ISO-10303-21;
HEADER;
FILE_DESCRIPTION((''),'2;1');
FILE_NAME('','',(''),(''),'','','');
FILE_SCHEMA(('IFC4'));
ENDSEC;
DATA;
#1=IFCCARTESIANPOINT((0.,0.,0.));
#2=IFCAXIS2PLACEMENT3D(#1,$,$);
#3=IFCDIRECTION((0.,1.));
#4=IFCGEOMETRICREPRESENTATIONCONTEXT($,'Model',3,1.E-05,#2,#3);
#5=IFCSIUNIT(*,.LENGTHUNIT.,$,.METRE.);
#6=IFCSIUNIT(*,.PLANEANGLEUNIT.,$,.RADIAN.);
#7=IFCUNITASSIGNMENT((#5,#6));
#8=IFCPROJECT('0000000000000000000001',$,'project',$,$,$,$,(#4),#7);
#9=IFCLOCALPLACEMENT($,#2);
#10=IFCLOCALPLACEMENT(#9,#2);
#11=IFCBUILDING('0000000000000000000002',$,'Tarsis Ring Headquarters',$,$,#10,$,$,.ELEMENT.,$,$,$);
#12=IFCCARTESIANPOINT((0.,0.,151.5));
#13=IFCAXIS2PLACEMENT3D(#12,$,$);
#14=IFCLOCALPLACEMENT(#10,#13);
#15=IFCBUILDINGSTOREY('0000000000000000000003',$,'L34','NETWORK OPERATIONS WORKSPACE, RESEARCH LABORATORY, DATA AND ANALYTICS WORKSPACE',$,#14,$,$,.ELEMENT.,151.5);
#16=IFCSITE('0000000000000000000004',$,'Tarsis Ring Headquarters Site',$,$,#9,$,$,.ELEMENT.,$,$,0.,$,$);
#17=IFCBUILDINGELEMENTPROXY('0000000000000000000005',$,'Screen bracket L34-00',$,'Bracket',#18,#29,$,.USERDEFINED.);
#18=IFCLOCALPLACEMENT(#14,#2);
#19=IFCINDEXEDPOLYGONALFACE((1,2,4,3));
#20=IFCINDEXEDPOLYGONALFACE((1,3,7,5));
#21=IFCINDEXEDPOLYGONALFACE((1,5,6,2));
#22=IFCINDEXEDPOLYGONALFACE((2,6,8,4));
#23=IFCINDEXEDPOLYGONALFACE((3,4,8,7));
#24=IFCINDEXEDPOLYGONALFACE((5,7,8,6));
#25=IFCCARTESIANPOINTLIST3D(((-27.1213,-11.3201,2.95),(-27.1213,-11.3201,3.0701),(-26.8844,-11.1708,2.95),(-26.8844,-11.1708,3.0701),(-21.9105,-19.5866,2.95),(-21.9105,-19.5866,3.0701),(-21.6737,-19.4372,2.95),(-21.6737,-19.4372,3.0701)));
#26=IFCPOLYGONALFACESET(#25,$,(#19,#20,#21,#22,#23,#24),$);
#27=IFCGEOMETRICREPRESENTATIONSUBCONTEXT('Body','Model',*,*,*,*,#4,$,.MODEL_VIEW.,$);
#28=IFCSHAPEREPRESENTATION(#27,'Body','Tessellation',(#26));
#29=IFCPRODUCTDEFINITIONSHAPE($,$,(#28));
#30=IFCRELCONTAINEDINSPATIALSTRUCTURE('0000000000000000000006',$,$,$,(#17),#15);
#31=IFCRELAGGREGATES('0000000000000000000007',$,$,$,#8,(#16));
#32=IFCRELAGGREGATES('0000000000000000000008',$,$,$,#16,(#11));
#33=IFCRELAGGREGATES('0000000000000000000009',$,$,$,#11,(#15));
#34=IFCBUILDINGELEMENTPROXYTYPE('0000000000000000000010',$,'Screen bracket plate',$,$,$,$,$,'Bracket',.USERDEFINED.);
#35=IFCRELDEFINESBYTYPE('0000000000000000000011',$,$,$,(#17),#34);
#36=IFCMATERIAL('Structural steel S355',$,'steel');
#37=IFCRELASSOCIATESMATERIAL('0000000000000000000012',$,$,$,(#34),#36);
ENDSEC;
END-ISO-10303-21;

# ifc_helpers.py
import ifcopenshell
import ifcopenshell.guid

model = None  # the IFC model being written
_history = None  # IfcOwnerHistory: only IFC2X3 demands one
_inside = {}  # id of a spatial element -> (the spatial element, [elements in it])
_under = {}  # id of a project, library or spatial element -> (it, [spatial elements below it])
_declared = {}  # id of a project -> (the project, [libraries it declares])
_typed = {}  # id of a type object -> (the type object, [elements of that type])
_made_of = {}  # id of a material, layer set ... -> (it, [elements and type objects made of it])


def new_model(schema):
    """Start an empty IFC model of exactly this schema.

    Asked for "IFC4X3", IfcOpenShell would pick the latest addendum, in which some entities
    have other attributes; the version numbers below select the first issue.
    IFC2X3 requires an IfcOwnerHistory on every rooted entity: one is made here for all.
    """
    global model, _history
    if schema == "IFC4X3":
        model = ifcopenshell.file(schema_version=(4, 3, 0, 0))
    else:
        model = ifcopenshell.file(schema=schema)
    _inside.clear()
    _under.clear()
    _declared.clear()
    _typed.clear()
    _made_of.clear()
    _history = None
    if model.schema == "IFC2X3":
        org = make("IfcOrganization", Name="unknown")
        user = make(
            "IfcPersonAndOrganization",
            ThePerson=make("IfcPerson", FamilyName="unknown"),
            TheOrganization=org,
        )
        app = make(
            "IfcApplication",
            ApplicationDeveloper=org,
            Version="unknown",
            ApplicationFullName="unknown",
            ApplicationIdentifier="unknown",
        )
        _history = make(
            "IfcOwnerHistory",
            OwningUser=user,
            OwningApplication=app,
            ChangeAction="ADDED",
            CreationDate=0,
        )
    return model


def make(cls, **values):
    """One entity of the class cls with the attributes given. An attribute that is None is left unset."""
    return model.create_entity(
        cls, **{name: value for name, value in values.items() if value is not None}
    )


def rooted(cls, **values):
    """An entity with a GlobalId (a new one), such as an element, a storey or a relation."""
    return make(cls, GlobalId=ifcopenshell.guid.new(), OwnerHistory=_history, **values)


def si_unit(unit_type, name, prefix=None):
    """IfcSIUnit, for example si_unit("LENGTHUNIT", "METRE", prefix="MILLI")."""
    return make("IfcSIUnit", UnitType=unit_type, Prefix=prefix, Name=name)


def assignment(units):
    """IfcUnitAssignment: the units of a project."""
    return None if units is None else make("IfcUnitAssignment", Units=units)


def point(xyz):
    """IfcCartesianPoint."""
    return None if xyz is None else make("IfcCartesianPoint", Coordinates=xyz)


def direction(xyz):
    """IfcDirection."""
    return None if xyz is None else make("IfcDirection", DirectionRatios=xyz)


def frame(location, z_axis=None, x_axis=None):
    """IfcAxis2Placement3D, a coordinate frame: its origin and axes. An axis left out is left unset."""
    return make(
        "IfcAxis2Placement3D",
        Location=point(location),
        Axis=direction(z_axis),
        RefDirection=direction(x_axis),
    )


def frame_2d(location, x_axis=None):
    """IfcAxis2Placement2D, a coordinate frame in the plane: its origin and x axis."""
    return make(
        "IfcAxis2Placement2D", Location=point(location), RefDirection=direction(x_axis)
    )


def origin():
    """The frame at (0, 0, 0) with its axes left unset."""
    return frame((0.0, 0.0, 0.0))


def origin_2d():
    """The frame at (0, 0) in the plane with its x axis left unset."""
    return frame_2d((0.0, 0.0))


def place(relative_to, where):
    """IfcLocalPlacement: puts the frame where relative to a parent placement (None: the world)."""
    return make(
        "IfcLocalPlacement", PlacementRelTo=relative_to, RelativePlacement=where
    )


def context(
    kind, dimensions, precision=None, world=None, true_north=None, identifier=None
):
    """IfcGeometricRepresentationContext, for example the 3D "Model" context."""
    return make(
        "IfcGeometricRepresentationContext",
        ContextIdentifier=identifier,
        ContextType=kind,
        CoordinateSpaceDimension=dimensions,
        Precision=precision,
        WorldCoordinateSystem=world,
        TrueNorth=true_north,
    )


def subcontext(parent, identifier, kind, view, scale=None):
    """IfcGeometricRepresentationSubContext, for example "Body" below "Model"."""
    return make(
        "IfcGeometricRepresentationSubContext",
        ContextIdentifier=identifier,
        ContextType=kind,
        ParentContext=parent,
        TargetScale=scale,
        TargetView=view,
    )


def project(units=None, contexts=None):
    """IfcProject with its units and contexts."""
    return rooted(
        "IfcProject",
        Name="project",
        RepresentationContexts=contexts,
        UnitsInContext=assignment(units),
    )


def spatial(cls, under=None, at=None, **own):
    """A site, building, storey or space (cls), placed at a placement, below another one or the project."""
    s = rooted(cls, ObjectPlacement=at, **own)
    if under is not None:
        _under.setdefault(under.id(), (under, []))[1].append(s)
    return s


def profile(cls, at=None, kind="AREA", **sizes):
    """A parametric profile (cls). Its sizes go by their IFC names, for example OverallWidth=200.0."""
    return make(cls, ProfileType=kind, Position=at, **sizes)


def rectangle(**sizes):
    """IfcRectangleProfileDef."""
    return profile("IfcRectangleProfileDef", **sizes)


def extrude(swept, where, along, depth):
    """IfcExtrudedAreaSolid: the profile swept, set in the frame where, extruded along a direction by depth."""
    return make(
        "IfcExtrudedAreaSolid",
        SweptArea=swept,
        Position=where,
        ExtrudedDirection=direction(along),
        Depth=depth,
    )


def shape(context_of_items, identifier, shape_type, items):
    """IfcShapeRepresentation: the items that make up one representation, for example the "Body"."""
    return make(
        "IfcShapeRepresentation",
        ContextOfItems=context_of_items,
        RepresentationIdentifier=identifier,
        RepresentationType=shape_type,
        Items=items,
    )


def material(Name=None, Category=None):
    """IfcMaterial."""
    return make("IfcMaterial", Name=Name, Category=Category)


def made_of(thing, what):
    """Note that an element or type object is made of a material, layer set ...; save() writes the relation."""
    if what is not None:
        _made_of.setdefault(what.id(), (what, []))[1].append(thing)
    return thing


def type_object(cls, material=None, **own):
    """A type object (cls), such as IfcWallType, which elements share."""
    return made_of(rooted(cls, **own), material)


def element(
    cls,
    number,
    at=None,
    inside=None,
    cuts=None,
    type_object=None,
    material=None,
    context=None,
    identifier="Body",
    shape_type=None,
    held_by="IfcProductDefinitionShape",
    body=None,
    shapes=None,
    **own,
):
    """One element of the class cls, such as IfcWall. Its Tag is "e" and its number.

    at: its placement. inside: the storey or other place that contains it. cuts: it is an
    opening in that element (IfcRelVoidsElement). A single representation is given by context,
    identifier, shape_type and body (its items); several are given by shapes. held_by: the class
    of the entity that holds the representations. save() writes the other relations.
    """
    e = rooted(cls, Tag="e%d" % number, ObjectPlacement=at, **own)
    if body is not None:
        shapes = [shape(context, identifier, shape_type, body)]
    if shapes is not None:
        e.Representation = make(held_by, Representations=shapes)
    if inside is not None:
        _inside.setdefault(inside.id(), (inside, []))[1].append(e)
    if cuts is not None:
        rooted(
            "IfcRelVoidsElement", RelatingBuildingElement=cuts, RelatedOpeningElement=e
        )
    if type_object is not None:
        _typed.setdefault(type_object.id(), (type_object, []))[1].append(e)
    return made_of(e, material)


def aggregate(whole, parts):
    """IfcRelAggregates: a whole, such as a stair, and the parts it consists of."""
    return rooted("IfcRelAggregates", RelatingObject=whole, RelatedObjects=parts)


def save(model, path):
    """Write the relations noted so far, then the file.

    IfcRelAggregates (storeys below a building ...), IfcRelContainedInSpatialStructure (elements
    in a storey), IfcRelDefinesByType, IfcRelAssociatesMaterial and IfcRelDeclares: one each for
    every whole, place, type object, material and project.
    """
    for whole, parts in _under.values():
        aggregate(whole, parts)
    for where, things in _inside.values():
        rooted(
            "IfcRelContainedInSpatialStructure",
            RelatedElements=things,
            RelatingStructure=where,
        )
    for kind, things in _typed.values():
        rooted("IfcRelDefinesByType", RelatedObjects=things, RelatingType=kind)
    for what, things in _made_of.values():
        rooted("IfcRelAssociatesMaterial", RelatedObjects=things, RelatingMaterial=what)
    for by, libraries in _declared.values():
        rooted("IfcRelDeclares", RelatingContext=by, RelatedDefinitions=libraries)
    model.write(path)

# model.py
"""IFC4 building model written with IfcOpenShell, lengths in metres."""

from ifc_helpers import new_model, si_unit, direction, frame, origin, origin_2d, place, context, subcontext, project, spatial, rectangle, extrude, material, type_object, element, save


model = new_model("IFC4")

# Units and contexts
model_context = context("Model", 3, precision=1e-05, world=origin(), true_north=direction((0.0, 1.0)))
body_context = subcontext(model_context, "Body", "Model", "MODEL_VIEW")
ifc_project = project(units=[si_unit("LENGTHUNIT", "METRE"), si_unit("PLANEANGLEUNIT", "RADIAN")], contexts=[model_context])

# Site, building, storey
site_placement = place(None, origin())
site = spatial("IfcSite", under=ifc_project, at=site_placement, Name="Tarsis Ring Headquarters Site", CompositionType="ELEMENT", RefElevation=0.0)
building_placement = place(site_placement, origin())
building = spatial("IfcBuilding", under=site, at=building_placement, Name="Tarsis Ring Headquarters", CompositionType="ELEMENT")
storey_placement = place(building_placement, frame((0.0, 0.0, 151.5)))
storey = spatial("IfcBuildingStorey", under=building, at=storey_placement, Name="L34", Description="NETWORK OPERATIONS WORKSPACE, RESEARCH LABORATORY, DATA AND ANALYTICS WORKSPACE", CompositionType="ELEMENT", Elevation=151.5)

# Shared definitions
ifc_material_1 = material(Name="Structural steel S355", Category="steel")

# Building element proxy
building_element_proxy_type = type_object("IfcBuildingElementProxyType", Name="Screen bracket plate", ElementType="Bracket", PredefinedType="USERDEFINED", material=ifc_material_1)
proxy_placement = place(storey_placement, frame((-24.3975, -15.3787, 2.95), z_axis=(0.0, 0.0, 1.0), x_axis=(0.533245, -0.845961, 0.0)))
element("IfcBuildingElementProxy", 1, at=proxy_placement, inside=storey, type_object=building_element_proxy_type, Name="Screen bracket L34-00", ObjectType="Bracket", PredefinedType="USERDEFINED", context=body_context, shape_type="SweptSolid", body=[
    extrude(rectangle(XDim=9.7717, YDim=0.28, at=origin_2d()), origin(), (0.0, 0.0, 1.0), 0.1201),
])

save(model, "model.ifc")
